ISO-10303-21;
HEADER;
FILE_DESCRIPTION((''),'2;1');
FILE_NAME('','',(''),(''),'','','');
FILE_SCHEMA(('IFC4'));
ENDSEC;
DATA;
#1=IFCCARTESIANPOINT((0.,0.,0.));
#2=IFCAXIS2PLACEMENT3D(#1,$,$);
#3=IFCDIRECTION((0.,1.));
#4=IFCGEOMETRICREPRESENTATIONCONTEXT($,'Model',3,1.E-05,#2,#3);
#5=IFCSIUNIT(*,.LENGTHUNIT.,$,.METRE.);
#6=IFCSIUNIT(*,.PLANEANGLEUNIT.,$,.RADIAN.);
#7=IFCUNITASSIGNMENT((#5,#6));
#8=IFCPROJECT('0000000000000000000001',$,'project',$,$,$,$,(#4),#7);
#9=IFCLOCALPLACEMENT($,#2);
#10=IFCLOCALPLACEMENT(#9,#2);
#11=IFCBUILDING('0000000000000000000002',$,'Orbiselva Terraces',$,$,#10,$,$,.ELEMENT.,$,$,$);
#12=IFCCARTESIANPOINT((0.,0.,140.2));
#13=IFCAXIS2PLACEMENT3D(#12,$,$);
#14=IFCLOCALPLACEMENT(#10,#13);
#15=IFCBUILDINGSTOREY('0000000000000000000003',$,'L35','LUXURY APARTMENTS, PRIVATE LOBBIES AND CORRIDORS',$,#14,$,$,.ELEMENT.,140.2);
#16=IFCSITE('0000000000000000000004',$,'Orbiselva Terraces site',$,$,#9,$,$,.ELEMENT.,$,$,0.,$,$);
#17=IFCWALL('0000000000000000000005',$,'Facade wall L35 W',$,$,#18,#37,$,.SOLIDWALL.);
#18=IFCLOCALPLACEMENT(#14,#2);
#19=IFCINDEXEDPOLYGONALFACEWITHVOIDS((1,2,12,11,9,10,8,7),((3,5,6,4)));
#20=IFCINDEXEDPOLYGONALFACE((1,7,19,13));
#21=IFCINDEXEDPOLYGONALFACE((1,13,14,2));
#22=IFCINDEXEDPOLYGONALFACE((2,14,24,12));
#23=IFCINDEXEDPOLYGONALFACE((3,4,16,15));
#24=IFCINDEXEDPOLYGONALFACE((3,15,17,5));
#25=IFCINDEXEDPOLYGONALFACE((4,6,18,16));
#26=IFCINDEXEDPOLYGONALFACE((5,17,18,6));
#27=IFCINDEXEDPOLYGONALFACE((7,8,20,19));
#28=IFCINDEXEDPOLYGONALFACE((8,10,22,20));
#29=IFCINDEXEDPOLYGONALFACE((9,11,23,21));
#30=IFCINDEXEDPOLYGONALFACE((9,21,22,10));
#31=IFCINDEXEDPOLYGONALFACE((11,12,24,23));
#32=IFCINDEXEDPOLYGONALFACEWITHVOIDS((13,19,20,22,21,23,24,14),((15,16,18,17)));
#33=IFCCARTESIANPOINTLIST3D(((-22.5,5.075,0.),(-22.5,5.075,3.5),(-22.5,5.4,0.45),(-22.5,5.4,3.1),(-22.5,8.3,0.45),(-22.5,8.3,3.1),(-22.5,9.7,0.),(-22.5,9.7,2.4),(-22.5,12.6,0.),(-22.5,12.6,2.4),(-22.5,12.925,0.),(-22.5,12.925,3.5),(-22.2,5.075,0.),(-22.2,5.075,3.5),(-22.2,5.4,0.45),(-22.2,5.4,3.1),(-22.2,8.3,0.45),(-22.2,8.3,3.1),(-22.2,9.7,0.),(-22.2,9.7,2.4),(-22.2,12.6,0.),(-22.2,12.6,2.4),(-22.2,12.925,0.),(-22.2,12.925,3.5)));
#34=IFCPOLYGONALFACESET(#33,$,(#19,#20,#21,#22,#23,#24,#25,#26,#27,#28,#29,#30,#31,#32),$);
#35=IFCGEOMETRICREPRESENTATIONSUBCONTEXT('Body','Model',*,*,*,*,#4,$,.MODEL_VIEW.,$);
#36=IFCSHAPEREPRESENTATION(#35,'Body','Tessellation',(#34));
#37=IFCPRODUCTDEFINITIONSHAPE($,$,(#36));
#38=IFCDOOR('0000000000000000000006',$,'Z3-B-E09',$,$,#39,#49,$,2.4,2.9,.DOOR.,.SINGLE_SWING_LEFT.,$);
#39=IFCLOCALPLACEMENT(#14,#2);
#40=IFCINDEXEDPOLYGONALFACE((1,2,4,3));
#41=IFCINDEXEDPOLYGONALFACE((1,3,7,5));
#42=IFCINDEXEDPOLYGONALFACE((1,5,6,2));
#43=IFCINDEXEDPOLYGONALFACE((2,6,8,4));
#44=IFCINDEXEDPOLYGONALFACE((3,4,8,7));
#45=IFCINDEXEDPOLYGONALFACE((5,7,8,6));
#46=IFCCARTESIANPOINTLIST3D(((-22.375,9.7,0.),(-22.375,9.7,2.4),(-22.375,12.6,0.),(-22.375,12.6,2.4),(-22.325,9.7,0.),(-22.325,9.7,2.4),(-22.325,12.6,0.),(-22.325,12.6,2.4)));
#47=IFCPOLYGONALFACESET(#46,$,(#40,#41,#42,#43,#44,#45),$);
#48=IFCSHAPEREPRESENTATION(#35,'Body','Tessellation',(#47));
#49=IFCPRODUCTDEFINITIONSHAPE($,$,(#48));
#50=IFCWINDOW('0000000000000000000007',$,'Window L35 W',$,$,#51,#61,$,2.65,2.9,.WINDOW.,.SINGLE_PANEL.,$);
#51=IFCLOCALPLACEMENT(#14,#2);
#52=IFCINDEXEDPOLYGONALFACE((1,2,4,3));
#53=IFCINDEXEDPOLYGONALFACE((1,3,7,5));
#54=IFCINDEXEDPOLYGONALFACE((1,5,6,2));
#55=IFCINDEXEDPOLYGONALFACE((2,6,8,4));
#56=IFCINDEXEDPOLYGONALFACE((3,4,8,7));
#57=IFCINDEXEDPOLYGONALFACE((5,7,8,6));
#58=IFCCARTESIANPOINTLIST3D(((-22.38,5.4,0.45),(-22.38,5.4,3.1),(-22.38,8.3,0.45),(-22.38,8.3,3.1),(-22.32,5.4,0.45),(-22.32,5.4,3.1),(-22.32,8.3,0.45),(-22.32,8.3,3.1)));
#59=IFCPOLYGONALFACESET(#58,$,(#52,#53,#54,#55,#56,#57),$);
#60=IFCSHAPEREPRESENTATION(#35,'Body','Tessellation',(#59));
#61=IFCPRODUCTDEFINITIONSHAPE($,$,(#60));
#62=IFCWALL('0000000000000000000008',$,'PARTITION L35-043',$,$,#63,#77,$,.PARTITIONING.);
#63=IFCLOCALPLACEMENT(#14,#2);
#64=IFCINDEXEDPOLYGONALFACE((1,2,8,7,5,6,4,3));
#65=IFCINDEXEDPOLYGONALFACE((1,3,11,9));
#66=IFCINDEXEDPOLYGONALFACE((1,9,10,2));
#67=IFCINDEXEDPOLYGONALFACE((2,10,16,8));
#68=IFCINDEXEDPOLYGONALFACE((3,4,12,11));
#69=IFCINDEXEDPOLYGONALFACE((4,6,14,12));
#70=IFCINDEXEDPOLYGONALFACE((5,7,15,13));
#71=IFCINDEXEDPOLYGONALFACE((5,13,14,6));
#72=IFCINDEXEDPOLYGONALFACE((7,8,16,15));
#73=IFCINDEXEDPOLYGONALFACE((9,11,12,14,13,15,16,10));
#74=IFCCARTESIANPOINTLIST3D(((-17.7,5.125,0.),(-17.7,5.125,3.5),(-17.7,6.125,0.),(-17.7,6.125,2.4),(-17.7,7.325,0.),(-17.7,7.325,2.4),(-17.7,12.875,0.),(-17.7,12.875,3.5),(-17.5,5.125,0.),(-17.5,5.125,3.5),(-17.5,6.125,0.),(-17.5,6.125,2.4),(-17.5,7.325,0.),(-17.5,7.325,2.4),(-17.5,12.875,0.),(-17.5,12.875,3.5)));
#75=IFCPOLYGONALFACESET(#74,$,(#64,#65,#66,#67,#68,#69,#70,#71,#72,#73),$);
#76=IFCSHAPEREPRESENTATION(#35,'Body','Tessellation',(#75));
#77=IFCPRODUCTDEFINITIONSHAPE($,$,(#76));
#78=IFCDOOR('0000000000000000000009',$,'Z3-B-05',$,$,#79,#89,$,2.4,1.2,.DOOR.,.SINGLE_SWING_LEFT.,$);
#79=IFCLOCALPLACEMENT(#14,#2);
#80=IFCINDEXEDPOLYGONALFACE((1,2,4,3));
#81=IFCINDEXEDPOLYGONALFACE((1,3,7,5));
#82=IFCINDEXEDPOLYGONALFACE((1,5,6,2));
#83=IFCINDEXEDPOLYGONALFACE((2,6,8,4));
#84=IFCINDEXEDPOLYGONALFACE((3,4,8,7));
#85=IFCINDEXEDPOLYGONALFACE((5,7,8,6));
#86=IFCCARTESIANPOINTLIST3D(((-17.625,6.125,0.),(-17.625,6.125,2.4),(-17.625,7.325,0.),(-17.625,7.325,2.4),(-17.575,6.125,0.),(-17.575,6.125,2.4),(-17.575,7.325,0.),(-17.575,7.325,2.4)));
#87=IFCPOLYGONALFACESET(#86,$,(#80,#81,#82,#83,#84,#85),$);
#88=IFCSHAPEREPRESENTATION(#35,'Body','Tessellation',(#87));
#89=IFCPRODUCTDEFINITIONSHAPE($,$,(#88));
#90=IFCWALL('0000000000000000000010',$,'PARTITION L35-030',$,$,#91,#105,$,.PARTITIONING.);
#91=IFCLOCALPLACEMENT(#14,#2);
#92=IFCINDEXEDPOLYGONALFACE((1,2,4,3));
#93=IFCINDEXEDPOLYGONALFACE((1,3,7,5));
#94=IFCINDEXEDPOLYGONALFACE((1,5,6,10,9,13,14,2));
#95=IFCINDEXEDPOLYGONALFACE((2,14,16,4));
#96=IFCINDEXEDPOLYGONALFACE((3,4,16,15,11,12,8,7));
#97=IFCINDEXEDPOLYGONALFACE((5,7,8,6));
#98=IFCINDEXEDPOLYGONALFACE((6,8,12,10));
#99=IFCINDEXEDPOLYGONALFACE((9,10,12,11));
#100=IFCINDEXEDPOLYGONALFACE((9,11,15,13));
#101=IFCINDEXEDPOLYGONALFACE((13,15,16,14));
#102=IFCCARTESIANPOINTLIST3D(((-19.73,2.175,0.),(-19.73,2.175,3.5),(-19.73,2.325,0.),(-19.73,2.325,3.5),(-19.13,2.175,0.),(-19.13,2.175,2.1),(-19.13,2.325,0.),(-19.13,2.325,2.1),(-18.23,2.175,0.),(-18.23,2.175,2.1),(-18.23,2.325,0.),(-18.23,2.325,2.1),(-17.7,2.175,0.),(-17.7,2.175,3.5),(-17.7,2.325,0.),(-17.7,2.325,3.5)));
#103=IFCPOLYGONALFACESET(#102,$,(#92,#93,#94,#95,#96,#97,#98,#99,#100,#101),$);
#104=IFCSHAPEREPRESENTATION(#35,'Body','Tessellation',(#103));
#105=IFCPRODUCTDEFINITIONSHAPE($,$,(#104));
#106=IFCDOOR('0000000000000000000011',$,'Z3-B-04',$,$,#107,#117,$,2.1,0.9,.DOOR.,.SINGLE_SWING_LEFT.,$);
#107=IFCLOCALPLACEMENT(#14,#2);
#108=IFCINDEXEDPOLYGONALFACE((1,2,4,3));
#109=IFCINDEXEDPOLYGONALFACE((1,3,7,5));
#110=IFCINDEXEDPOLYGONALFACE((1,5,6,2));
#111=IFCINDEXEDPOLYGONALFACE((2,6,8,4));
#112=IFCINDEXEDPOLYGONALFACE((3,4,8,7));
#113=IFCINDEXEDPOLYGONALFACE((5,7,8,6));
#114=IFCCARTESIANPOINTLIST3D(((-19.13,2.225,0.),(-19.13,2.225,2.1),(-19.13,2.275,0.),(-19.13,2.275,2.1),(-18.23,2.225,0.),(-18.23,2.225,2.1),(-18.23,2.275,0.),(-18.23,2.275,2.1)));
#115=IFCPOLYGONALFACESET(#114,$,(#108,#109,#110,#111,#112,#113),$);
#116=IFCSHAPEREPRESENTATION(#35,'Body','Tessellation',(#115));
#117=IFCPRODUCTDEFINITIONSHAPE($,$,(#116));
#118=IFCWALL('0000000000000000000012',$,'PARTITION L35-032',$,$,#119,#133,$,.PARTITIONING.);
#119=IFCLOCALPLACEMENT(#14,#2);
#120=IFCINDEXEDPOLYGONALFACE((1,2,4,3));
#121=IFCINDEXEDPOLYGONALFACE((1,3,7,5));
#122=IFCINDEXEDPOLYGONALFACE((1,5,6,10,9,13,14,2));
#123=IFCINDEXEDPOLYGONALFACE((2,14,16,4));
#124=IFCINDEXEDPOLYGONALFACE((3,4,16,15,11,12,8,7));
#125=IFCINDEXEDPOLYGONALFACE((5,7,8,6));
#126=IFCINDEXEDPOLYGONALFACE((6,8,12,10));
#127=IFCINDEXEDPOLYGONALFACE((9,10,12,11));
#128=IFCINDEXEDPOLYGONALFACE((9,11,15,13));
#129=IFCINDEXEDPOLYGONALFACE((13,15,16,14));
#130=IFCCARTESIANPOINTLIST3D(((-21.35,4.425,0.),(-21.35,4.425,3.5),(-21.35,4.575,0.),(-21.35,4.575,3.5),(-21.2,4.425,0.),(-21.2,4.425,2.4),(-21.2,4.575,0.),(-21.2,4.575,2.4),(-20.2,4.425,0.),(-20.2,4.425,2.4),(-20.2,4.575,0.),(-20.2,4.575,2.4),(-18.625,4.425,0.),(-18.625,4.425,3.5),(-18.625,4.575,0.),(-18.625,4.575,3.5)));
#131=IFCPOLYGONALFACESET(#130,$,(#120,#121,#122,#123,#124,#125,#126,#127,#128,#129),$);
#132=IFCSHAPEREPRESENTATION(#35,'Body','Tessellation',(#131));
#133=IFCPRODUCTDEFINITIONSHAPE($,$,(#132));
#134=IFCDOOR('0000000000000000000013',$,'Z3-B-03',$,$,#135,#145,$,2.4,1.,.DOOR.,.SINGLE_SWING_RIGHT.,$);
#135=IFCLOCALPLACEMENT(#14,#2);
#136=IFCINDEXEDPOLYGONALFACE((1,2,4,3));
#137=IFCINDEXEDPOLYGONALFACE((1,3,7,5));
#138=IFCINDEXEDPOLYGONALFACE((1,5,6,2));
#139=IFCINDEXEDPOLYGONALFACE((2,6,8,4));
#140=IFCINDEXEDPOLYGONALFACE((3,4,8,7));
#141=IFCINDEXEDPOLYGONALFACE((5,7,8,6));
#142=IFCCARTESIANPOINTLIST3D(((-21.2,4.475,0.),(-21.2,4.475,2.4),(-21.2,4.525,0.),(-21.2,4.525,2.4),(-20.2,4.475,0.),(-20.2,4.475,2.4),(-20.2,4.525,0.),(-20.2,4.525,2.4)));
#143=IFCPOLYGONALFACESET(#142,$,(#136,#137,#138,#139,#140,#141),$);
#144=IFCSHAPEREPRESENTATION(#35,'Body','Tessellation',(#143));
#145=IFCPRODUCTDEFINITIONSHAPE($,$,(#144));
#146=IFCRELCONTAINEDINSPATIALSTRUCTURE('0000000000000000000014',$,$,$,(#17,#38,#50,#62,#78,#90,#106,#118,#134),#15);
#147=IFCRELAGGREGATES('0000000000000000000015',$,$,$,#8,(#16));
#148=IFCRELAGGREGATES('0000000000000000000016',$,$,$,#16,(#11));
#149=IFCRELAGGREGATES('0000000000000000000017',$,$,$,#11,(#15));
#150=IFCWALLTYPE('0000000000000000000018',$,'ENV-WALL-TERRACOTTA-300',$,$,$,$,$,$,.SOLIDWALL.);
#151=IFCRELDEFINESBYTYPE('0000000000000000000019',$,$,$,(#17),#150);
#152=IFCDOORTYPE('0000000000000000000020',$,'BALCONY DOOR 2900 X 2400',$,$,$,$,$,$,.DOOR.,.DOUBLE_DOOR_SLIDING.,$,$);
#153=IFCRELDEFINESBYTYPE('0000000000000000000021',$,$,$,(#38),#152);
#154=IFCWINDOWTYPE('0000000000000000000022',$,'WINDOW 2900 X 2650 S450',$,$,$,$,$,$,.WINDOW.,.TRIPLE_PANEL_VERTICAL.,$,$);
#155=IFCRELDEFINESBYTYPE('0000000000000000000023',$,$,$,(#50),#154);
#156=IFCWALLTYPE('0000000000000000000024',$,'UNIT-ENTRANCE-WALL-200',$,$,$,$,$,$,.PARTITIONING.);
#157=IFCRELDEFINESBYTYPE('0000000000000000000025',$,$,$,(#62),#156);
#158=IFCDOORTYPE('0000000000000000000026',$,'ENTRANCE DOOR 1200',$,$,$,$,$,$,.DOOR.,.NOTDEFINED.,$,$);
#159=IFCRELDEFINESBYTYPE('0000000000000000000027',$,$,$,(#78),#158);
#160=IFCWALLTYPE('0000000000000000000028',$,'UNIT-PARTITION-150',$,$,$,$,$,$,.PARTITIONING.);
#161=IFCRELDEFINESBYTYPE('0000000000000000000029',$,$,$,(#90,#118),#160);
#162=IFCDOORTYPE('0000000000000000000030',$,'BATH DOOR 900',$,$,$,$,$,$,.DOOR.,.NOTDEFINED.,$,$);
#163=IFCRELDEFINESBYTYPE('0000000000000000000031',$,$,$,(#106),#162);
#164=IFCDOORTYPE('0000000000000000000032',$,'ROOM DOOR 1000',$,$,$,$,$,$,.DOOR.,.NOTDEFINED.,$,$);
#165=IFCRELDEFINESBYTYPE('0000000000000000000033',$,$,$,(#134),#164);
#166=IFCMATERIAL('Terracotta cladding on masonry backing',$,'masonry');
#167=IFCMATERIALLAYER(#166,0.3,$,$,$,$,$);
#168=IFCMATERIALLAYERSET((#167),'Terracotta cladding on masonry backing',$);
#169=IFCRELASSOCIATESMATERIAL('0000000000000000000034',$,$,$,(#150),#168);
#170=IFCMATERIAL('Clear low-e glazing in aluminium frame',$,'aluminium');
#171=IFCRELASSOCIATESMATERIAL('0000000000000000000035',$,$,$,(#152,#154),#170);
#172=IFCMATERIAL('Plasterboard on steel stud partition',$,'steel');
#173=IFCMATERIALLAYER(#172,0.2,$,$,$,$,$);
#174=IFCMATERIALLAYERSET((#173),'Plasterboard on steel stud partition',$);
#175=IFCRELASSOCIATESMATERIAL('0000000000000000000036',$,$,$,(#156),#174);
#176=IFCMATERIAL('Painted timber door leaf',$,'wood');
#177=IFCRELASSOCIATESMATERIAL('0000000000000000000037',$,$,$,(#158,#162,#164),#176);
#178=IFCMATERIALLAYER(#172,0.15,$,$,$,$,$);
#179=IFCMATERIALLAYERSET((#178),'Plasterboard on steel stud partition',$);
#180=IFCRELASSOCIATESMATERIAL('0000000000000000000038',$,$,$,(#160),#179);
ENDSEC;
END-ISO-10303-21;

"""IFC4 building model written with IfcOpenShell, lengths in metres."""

from ifc_helpers import new_model, si_unit, direction, frame, frame_2d, origin, place, context, subcontext, project, spatial, rectangle, extrude, material, layer, layer_set, type_object, element, fill, save


model = new_model("IFC4")

# Units and contexts
model_context = context("Model", 3, precision=1e-05, world=origin(), true_north=direction((0.0, 1.0)))
body_context = subcontext(model_context, "Body", "Model", "MODEL_VIEW")
ifc_project = project(units=[si_unit("LENGTHUNIT", "METRE"), si_unit("PLANEANGLEUNIT", "RADIAN")], contexts=[model_context])

# Site, building, storey
site_placement = place(None, origin())
site = spatial("IfcSite", under=ifc_project, at=site_placement, Name="Orbiselva Terraces site", CompositionType="ELEMENT", RefElevation=0.0)
building_placement = place(site_placement, origin())
building = spatial("IfcBuilding", under=site, at=building_placement, Name="Orbiselva Terraces", CompositionType="ELEMENT")
storey_placement = place(building_placement, frame((0.0, 0.0, 140.2)))
storey = spatial("IfcBuildingStorey", under=building, at=storey_placement, Name="L35", Description="LUXURY APARTMENTS, PRIVATE LOBBIES AND CORRIDORS", CompositionType="ELEMENT", Elevation=140.2)

# Wall, openings, door, window
ifc_material_1 = material(Name="Terracotta cladding on masonry backing", Category="masonry")
ifc_layer_1 = layer(ifc_material_1, 0.3)
ifc_layer_set_1 = layer_set([ifc_layer_1], Name="Terracotta cladding on masonry backing")
wall_type_1 = type_object("IfcWallType", Name="ENV-WALL-TERRACOTTA-300", PredefinedType="SOLIDWALL", material=ifc_layer_set_1)
wall_1_placement = place(storey_placement, frame((-22.35, 5.075, 0.0), z_axis=(0.0, 0.0, 1.0), x_axis=(0.0, 1.0, 0.0)))
wall_1 = element("IfcWall", 1, at=wall_1_placement, inside=storey, type_object=wall_type_1, Name="Facade wall L35 W", PredefinedType="SOLIDWALL", context=body_context, shape_type="SweptSolid", body=[
    extrude(rectangle(XDim=7.85, YDim=0.3, at=frame_2d((3.925, 0.0))), origin(), (0.0, 0.0, 1.0), 3.5),
])
opening_1_placement = place(wall_1_placement, frame((4.625, 0.0, 0.0)))
opening_1 = element("IfcOpeningElement", 2, at=opening_1_placement, cuts=wall_1, PredefinedType="OPENING", context=body_context, shape_type="SweptSolid", body=[
    extrude(rectangle(XDim=2.9, YDim=2.4, at=frame_2d((1.45, 1.2))), frame((0.0, 0.16, 0.0), z_axis=(0.0, -1.0, 0.0), x_axis=(1.0, 0.0, 0.0)), (0.0, 0.0, 1.0), 0.32),
])
opening_2_placement = place(wall_1_placement, frame((0.325, 0.0, 0.45)))
opening_2 = element("IfcOpeningElement", 3, at=opening_2_placement, cuts=wall_1, PredefinedType="OPENING", context=body_context, shape_type="SweptSolid", body=[
    extrude(rectangle(XDim=2.9, YDim=2.65, at=frame_2d((1.45, 1.325))), frame((0.0, 0.16, 0.0), z_axis=(0.0, -1.0, 0.0), x_axis=(1.0, 0.0, 0.0)), (0.0, 0.0, 1.0), 0.32),
])
ifc_material_2 = material(Name="Clear low-e glazing in aluminium frame", Category="aluminium")
door_type_1 = type_object("IfcDoorType", Name="BALCONY DOOR 2900 X 2400", OperationType="DOUBLE_DOOR_SLIDING", PredefinedType="DOOR", material=ifc_material_2)
door_1_placement = place(opening_1_placement, origin())
door_1 = element("IfcDoor", 4, at=door_1_placement, inside=storey, type_object=door_type_1, Name="Z3-B-E09", OperationType="SINGLE_SWING_LEFT", OverallHeight=2.4, OverallWidth=2.9, PredefinedType="DOOR", context=body_context, shape_type="SweptSolid", body=[
    extrude(rectangle(XDim=2.9, YDim=2.4, at=frame_2d((1.45, 1.2))), frame((0.0, 0.025, 0.0), z_axis=(0.0, -1.0, 0.0), x_axis=(1.0, 0.0, 0.0)), (0.0, 0.0, 1.0), 0.05),
])
fill(opening_1, door_1)
window_type = type_object("IfcWindowType", Name="WINDOW 2900 X 2650 S450", PartitioningType="TRIPLE_PANEL_VERTICAL", PredefinedType="WINDOW", material=ifc_material_2)
window_placement = place(opening_2_placement, origin())
window = element("IfcWindow", 5, at=window_placement, inside=storey, type_object=window_type, Name="Window L35 W", OverallHeight=2.65, OverallWidth=2.9, PartitioningType="SINGLE_PANEL", PredefinedType="WINDOW", context=body_context, shape_type="SweptSolid", body=[
    extrude(rectangle(XDim=2.9, YDim=2.65, at=frame_2d((1.45, 1.325))), frame((0.0, 0.03, 0.0), z_axis=(0.0, -1.0, 0.0), x_axis=(1.0, 0.0, 0.0)), (0.0, 0.0, 1.0), 0.06),
])
fill(opening_2, window)

# Walls, openings, doors
ifc_material_3 = material(Name="Plasterboard on steel stud partition", Category="steel")
ifc_layer_2 = layer(ifc_material_3, 0.2)
ifc_layer_set_2 = layer_set([ifc_layer_2], Name="Plasterboard on steel stud partition")
wall_type_2 = type_object("IfcWallType", Name="UNIT-ENTRANCE-WALL-200", PredefinedType="PARTITIONING", material=ifc_layer_set_2)
wall_2_placement = place(storey_placement, frame((-17.6, 5.125, 0.0), z_axis=(0.0, 0.0, 1.0), x_axis=(0.0, 1.0, 0.0)))
wall_2 = element("IfcWall", 6, at=wall_2_placement, inside=storey, type_object=wall_type_2, Name="PARTITION L35-043", PredefinedType="PARTITIONING", context=body_context, shape_type="SweptSolid", body=[
    extrude(rectangle(XDim=7.75, YDim=0.2, at=frame_2d((3.875, 0.0))), origin(), (0.0, 0.0, 1.0), 3.5),
])
opening_3_placement = place(wall_2_placement, frame((1.0, 0.0, 0.0)))
opening_3 = element("IfcOpeningElement", 7, at=opening_3_placement, cuts=wall_2, PredefinedType="OPENING", context=body_context, shape_type="SweptSolid", body=[
    extrude(rectangle(XDim=1.2, YDim=2.4, at=frame_2d((0.6, 1.2))), frame((0.0, 0.11, 0.0), z_axis=(0.0, -1.0, 0.0), x_axis=(1.0, 0.0, 0.0)), (0.0, 0.0, 1.0), 0.22),
])
ifc_material_4 = material(Name="Painted timber door leaf", Category="wood")
door_type_2 = type_object("IfcDoorType", Name="ENTRANCE DOOR 1200", OperationType="NOTDEFINED", PredefinedType="DOOR", material=ifc_material_4)
door_2_placement = place(opening_3_placement, origin())
door_2 = element("IfcDoor", 8, at=door_2_placement, inside=storey, type_object=door_type_2, Name="Z3-B-05", OperationType="SINGLE_SWING_LEFT", OverallHeight=2.4, OverallWidth=1.2, PredefinedType="DOOR", context=body_context, shape_type="SweptSolid", body=[
    extrude(rectangle(XDim=1.2, YDim=2.4, at=frame_2d((0.6, 1.2))), frame((0.0, 0.025, 0.0), z_axis=(0.0, -1.0, 0.0), x_axis=(1.0, 0.0, 0.0)), (0.0, 0.0, 1.0), 0.05),
])
fill(opening_3, door_2)
ifc_layer_3 = layer(ifc_material_3, 0.15)
ifc_layer_set_3 = layer_set([ifc_layer_3], Name="Plasterboard on steel stud partition")
wall_type_3 = type_object("IfcWallType", Name="UNIT-PARTITION-150", PredefinedType="PARTITIONING", material=ifc_layer_set_3)
wall_3_placement = place(storey_placement, frame((-17.7, 2.25, 0.0), z_axis=(0.0, 0.0, 1.0), x_axis=(-1.0, 0.0, 0.0)))
wall_3 = element("IfcWall", 9, at=wall_3_placement, inside=storey, type_object=wall_type_3, Name="PARTITION L35-030", PredefinedType="PARTITIONING", context=body_context, shape_type="SweptSolid", body=[
    extrude(rectangle(XDim=2.03, YDim=0.15, at=frame_2d((1.015, 0.0))), origin(), (0.0, 0.0, 1.0), 3.5),
])
opening_4_placement = place(wall_3_placement, frame((0.53, 0.0, 0.0)))
opening_4 = element("IfcOpeningElement", 10, at=opening_4_placement, cuts=wall_3, PredefinedType="OPENING", context=body_context, shape_type="SweptSolid", body=[
    extrude(rectangle(XDim=0.9, YDim=2.1, at=frame_2d((0.45, 1.05))), frame((0.0, 0.085, 0.0), z_axis=(0.0, -1.0, 0.0), x_axis=(1.0, 0.0, 0.0)), (0.0, 0.0, 1.0), 0.17),
])
door_type_3 = type_object("IfcDoorType", Name="BATH DOOR 900", OperationType="NOTDEFINED", PredefinedType="DOOR", material=ifc_material_4)
door_3_placement = place(opening_4_placement, origin())
door_3 = element("IfcDoor", 11, at=door_3_placement, inside=storey, type_object=door_type_3, Name="Z3-B-04", OperationType="SINGLE_SWING_LEFT", OverallHeight=2.1, OverallWidth=0.9, PredefinedType="DOOR", context=body_context, shape_type="SweptSolid", body=[
    extrude(rectangle(XDim=0.9, YDim=2.1, at=frame_2d((0.45, 1.05))), frame((0.0, 0.025, 0.0), z_axis=(0.0, -1.0, 0.0), x_axis=(1.0, 0.0, 0.0)), (0.0, 0.0, 1.0), 0.05),
])
fill(opening_4, door_3)
wall_4_placement = place(storey_placement, frame((-18.625, 4.5, 0.0), z_axis=(0.0, 0.0, 1.0), x_axis=(-1.0, 0.0, 0.0)))
wall_4 = element("IfcWall", 12, at=wall_4_placement, inside=storey, type_object=wall_type_3, Name="PARTITION L35-032", PredefinedType="PARTITIONING", context=body_context, shape_type="SweptSolid", body=[
    extrude(rectangle(XDim=2.725, YDim=0.15, at=frame_2d((1.3625, 0.0))), origin(), (0.0, 0.0, 1.0), 3.5),
])
opening_5_placement = place(wall_4_placement, frame((1.575, 0.0, 0.0)))
opening_5 = element("IfcOpeningElement", 13, at=opening_5_placement, cuts=wall_4, PredefinedType="OPENING", context=body_context, shape_type="SweptSolid", body=[
    extrude(rectangle(XDim=1.0, YDim=2.4, at=frame_2d((0.5, 1.2))), frame((0.0, 0.085, 0.0), z_axis=(0.0, -1.0, 0.0), x_axis=(1.0, 0.0, 0.0)), (0.0, 0.0, 1.0), 0.17),
])
door_type_4 = type_object("IfcDoorType", Name="ROOM DOOR 1000", OperationType="NOTDEFINED", PredefinedType="DOOR", material=ifc_material_4)
door_4_placement = place(opening_5_placement, origin())
door_4 = element("IfcDoor", 14, at=door_4_placement, inside=storey, type_object=door_type_4, Name="Z3-B-03", OperationType="SINGLE_SWING_RIGHT", OverallHeight=2.4, OverallWidth=1.0, PredefinedType="DOOR", context=body_context, shape_type="SweptSolid", body=[
    extrude(rectangle(XDim=1.0, YDim=2.4, at=frame_2d((0.5, 1.2))), frame((0.0, 0.025, 0.0), z_axis=(0.0, -1.0, 0.0), x_axis=(1.0, 0.0, 0.0)), (0.0, 0.0, 1.0), 0.05),
])
fill(opening_5, door_4)

save(model, "model.ifc")
